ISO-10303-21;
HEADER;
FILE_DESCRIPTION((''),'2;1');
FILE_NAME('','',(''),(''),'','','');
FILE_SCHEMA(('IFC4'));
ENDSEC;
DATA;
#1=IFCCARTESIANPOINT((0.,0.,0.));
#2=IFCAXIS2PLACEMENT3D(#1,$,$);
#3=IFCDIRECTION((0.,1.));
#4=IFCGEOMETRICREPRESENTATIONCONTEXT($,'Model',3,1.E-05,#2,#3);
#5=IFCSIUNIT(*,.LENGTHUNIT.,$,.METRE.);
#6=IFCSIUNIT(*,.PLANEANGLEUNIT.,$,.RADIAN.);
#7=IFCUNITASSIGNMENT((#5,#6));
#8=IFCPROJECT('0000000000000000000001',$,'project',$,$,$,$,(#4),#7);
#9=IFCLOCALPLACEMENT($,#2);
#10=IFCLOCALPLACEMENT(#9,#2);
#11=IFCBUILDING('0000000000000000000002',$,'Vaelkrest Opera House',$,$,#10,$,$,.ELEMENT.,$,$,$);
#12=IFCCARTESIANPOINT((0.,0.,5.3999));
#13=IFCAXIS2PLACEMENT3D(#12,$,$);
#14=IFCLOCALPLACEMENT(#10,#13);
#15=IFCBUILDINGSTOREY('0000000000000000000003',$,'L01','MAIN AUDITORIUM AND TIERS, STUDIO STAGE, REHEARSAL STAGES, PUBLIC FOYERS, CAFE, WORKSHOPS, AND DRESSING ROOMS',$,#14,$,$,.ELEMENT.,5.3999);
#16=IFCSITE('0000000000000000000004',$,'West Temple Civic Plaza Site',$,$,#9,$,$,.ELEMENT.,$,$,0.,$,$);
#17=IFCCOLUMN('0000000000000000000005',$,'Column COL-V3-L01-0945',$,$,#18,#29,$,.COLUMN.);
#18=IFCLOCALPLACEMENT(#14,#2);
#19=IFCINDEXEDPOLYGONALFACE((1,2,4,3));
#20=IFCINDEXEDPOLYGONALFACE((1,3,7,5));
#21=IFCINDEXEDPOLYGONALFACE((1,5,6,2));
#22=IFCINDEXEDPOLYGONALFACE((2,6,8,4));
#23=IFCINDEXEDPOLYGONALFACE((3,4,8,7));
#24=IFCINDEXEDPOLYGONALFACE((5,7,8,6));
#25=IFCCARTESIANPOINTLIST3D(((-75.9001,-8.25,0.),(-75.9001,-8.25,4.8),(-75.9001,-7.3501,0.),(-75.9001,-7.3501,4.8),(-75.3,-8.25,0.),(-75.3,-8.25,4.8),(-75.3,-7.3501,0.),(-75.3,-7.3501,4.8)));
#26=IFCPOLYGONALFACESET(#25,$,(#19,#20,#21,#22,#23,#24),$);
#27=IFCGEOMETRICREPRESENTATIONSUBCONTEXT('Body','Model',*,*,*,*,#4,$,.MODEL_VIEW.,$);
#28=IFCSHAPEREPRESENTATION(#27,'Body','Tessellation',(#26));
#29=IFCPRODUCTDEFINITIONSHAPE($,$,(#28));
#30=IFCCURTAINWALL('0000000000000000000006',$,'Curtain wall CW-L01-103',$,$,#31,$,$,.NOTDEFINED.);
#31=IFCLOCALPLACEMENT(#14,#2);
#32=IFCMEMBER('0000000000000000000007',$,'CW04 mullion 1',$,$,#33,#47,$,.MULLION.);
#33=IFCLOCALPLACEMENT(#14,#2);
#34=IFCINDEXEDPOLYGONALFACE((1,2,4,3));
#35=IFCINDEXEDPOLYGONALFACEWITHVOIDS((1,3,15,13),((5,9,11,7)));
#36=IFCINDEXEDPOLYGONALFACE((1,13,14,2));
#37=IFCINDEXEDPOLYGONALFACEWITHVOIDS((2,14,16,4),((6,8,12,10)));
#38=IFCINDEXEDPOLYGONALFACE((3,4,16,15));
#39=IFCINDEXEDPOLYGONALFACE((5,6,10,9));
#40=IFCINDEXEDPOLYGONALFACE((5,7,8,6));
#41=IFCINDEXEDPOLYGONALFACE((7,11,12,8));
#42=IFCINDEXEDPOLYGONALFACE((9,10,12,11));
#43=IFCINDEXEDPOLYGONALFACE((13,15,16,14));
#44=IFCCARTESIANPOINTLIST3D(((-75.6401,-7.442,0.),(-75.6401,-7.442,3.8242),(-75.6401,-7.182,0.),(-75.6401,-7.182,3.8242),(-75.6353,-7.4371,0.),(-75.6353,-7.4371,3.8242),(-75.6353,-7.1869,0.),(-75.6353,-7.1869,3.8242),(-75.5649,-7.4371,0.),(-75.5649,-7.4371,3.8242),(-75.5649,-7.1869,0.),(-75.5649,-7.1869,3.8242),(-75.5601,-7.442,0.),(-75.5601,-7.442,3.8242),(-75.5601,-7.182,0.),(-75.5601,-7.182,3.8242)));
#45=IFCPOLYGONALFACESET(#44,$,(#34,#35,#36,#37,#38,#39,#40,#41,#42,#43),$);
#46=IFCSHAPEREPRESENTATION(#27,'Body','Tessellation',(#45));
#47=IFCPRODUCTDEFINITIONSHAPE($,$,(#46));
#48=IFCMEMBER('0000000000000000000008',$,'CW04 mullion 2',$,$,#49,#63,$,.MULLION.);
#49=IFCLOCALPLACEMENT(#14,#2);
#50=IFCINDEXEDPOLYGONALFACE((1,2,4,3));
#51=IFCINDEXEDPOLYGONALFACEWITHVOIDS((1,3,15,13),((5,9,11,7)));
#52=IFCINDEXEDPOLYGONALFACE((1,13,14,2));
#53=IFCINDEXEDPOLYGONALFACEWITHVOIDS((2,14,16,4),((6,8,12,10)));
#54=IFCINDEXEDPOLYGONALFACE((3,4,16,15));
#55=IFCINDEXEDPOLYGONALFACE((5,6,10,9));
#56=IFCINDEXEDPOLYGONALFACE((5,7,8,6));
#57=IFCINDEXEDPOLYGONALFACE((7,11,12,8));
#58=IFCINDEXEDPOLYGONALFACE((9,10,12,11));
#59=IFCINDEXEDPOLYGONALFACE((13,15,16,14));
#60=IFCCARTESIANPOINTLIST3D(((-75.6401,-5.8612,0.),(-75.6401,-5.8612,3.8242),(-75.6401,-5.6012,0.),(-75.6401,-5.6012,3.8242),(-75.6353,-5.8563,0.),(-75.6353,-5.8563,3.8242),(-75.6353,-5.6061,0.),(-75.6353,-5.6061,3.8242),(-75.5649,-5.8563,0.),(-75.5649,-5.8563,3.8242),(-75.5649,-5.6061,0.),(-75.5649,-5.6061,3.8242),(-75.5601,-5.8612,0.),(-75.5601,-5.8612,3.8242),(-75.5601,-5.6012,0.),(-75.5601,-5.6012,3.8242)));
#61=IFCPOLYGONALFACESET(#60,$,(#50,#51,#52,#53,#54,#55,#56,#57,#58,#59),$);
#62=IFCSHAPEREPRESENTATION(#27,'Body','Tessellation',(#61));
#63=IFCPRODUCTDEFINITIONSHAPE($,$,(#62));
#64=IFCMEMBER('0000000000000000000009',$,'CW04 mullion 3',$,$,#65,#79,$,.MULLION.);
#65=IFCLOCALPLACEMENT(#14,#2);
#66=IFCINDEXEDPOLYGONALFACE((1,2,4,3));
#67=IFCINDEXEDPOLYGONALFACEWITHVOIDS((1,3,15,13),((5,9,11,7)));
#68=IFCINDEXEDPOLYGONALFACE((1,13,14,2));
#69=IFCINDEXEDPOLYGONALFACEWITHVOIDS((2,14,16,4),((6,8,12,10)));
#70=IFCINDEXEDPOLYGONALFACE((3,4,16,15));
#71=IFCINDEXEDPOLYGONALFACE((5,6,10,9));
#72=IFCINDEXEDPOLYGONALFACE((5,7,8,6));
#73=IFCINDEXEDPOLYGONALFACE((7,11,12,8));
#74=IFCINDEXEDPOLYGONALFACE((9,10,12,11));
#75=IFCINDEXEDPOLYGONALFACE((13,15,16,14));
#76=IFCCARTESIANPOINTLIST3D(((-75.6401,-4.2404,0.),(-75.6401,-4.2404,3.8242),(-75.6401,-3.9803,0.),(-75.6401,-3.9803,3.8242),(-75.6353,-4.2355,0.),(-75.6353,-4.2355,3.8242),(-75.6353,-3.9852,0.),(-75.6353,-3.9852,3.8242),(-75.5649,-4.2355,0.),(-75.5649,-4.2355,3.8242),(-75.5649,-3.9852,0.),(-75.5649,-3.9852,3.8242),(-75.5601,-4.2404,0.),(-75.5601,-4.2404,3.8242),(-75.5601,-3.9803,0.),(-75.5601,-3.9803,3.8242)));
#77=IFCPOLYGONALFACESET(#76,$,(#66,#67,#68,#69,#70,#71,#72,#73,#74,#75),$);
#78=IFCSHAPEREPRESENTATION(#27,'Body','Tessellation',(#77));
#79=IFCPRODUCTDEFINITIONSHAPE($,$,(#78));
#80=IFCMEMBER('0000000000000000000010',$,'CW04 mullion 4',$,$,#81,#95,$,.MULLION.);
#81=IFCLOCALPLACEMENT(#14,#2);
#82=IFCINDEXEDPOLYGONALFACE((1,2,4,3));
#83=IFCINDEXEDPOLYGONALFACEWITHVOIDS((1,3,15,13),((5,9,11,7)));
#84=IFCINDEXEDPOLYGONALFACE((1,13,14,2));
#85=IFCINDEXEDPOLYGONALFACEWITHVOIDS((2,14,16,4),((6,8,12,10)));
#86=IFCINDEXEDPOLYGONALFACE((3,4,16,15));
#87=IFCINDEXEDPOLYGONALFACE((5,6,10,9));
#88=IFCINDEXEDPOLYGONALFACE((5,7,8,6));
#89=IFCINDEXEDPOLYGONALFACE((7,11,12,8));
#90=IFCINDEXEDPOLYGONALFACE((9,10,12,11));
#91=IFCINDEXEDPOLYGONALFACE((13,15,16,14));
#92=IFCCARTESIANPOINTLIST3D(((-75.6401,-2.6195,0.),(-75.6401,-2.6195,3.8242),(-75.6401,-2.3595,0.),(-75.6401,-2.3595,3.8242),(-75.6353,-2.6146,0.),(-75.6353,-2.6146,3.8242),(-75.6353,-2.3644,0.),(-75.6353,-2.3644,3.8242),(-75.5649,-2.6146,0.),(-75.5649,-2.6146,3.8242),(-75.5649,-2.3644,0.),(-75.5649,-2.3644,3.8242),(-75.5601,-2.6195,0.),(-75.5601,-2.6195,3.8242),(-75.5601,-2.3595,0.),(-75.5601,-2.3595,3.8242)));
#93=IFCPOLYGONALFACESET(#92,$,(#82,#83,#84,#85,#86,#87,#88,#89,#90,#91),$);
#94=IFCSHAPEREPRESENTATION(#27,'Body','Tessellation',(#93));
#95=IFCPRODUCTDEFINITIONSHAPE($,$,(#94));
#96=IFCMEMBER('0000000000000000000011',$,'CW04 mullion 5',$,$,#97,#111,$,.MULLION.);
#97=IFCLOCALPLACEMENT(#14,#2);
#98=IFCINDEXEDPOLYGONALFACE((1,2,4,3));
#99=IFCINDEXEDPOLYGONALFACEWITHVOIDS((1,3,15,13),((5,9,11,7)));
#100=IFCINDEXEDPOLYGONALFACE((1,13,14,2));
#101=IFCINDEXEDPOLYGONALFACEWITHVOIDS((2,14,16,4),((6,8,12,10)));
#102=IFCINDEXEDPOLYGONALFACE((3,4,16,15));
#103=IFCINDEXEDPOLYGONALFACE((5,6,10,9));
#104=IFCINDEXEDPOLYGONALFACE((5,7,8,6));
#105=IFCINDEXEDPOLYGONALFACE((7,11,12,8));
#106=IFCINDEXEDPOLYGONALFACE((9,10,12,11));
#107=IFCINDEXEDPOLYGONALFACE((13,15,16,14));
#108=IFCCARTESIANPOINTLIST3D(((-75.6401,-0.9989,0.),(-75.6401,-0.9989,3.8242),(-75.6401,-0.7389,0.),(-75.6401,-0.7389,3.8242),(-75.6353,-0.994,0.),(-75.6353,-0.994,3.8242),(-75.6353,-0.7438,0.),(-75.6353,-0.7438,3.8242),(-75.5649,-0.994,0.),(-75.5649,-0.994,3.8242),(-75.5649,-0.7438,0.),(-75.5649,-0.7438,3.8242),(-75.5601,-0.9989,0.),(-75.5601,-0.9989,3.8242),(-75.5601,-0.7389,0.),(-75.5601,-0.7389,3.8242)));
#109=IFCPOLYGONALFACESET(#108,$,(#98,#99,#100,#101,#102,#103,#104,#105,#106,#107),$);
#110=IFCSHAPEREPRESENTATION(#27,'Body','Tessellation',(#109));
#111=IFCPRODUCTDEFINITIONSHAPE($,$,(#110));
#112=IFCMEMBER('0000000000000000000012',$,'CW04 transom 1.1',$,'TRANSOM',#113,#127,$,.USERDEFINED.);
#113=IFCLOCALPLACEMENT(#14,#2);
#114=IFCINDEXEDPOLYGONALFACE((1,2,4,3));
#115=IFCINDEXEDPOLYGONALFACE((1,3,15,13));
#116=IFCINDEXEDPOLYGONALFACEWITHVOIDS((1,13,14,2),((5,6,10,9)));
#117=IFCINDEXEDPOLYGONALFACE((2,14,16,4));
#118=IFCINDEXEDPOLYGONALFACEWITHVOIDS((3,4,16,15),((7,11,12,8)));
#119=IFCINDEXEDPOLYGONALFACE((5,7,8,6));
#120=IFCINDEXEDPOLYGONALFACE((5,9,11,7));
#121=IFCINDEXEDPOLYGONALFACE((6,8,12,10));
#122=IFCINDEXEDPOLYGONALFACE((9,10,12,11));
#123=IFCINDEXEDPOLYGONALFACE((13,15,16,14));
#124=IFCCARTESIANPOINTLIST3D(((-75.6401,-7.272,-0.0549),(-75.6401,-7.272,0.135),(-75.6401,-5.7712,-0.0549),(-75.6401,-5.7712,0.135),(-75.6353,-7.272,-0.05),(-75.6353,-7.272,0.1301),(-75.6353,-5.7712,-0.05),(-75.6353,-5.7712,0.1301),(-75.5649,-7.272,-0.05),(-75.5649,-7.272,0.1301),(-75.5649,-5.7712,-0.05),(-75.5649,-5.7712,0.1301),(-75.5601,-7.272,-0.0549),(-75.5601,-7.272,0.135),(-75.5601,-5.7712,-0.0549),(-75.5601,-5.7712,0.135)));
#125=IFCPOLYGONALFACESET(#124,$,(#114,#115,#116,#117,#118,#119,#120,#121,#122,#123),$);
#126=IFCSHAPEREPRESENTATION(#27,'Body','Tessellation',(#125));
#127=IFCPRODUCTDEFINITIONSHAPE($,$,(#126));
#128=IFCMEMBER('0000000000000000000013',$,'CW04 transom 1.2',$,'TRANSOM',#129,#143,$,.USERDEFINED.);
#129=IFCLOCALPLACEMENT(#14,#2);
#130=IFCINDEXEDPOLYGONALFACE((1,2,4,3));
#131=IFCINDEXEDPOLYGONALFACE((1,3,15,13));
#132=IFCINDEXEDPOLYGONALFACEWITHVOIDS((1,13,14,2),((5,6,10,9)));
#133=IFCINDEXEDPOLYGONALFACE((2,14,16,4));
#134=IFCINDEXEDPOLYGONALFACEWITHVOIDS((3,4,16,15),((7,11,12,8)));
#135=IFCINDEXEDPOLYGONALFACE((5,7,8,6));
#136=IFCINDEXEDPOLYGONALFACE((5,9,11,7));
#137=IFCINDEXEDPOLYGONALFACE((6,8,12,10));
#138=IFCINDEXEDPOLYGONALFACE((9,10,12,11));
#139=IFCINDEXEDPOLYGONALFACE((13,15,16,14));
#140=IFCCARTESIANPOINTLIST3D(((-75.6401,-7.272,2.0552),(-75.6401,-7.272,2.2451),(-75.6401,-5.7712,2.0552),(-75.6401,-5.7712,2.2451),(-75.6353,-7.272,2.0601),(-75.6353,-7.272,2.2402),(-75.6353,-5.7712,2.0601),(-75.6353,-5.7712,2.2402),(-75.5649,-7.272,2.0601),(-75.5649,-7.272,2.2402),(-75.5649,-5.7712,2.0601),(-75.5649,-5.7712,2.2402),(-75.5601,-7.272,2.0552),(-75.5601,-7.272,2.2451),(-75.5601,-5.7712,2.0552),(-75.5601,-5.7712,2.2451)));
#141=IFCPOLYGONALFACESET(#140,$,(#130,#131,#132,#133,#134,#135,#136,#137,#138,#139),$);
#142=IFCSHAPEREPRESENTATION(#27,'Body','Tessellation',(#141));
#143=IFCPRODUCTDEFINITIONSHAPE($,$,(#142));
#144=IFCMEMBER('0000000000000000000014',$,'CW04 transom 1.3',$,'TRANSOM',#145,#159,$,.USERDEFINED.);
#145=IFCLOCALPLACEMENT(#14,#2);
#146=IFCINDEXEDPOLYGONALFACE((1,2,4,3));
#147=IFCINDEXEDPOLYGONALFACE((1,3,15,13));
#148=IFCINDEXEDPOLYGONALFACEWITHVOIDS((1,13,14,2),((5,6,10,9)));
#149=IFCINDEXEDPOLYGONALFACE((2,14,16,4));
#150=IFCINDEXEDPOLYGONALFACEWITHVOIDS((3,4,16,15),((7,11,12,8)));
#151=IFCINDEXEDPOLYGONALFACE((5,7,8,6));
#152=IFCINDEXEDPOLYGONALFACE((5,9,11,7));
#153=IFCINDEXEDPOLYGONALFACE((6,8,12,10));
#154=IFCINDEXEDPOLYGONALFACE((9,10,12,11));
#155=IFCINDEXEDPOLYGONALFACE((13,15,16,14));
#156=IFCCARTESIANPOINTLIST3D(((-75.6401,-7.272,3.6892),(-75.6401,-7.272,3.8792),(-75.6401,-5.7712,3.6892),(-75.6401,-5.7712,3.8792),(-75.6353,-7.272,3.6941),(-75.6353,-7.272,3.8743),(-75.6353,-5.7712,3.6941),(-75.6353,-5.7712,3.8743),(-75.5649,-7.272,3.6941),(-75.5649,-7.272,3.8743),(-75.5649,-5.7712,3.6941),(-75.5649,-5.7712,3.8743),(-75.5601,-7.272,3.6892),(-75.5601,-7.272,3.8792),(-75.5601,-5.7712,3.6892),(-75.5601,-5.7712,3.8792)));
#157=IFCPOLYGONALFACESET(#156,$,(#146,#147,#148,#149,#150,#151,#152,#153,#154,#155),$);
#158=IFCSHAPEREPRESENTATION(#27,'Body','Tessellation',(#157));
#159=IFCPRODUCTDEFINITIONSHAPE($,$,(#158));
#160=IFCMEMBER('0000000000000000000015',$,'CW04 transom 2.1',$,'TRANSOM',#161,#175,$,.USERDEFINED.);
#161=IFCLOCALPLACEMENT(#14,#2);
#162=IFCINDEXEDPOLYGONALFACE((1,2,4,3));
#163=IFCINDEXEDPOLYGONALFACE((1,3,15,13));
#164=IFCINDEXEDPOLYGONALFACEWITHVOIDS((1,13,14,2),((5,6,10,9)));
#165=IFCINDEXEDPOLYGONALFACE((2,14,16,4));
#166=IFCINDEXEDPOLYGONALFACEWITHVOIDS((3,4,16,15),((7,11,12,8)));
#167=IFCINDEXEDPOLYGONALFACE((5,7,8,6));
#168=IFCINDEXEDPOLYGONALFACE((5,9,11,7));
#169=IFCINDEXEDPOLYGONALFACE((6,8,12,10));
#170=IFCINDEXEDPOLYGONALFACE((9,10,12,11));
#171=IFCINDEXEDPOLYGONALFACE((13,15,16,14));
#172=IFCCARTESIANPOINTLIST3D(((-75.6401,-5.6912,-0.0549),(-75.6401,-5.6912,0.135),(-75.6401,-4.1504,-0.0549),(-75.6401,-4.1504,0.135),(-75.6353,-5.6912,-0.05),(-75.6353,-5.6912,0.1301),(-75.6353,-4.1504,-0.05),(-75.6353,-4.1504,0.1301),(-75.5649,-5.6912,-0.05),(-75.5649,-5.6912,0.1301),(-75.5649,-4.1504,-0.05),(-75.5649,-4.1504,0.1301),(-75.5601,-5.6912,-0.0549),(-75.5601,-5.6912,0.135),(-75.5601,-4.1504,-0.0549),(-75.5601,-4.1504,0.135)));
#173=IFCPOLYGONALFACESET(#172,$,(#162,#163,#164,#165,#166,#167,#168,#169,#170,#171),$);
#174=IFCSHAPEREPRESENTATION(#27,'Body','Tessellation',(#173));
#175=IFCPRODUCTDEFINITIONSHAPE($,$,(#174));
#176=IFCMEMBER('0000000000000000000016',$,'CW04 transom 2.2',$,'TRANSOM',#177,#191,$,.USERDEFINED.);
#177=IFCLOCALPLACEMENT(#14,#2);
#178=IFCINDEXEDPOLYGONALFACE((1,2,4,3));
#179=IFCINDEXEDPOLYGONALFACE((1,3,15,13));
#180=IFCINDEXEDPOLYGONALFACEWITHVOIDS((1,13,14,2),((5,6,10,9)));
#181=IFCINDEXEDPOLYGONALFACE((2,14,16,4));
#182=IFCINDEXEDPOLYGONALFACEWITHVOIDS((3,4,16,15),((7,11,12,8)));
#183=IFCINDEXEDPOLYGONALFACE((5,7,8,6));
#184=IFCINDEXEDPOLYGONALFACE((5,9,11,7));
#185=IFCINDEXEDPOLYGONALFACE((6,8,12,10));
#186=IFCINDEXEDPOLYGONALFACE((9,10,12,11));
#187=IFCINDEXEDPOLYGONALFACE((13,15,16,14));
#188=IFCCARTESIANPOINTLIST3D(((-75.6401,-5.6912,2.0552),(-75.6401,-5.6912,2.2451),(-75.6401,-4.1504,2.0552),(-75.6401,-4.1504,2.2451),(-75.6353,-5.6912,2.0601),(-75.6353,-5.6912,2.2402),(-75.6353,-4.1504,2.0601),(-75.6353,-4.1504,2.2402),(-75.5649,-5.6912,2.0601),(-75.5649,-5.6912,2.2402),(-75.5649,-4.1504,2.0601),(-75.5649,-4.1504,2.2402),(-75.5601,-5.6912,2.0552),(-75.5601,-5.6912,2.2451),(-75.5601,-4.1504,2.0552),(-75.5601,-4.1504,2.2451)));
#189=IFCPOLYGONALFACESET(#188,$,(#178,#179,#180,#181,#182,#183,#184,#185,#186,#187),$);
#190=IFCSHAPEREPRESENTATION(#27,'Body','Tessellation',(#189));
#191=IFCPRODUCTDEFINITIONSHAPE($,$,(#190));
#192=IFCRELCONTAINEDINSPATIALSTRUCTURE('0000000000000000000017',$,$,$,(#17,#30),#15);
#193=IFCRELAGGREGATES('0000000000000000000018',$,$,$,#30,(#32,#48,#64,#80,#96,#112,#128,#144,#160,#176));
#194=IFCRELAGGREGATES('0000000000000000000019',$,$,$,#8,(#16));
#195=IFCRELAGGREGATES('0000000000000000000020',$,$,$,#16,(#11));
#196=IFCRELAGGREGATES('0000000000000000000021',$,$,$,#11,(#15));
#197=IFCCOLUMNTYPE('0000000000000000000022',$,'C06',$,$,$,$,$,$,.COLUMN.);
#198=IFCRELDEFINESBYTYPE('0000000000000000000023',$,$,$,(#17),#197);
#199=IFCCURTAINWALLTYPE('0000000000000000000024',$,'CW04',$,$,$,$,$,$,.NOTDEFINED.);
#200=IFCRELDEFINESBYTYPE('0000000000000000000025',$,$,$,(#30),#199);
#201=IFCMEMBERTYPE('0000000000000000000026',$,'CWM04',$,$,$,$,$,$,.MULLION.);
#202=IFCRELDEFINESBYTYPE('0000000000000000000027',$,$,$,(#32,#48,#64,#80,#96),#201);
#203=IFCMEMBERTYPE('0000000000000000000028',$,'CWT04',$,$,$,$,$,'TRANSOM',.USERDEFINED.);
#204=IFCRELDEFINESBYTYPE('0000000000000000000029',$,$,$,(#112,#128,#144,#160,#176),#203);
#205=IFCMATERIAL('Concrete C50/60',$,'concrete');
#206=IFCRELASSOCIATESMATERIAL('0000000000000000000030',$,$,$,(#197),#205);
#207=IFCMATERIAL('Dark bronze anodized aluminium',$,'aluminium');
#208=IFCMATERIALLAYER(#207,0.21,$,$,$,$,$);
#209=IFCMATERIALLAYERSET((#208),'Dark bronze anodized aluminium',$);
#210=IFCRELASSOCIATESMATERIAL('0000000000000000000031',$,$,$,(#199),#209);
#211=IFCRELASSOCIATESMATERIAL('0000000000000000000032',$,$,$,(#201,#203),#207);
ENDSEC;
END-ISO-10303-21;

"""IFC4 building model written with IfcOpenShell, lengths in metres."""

from ifc_helpers import new_model, si_unit, direction, frame, origin, origin_2d, place, context, subcontext, project, spatial, rectangle, hollow_rectangle, extrude, material, layer, layer_set, material_profile, profile_set, type_object, element, aggregate, save


model = new_model("IFC4")

# Units and contexts
model_context = context("Model", 3, precision=1e-05, world=origin(), true_north=direction((0.0, 1.0)))
body_context = subcontext(model_context, "Body", "Model", "MODEL_VIEW")
ifc_project = project(units=[si_unit("LENGTHUNIT", "METRE"), si_unit("PLANEANGLEUNIT", "RADIAN")], contexts=[model_context])

# Site, building, storey
site_placement = place(None, origin())
site = spatial("IfcSite", under=ifc_project, at=site_placement, Name="West Temple Civic Plaza Site", CompositionType="ELEMENT", RefElevation=0.0)
building_placement = place(site_placement, origin())
building = spatial("IfcBuilding", under=site, at=building_placement, Name="Vaelkrest Opera House", CompositionType="ELEMENT")
storey_placement = place(building_placement, frame((0.0, 0.0, 5.3999)))
storey = spatial("IfcBuildingStorey", under=building, at=storey_placement, Name="L01", Description="MAIN AUDITORIUM AND TIERS, STUDIO STAGE, REHEARSAL STAGES, PUBLIC FOYERS, CAFE, WORKSHOPS, AND DRESSING ROOMS", CompositionType="ELEMENT", Elevation=5.3999)

# Column
ifc_material_1 = material(Name="Concrete C50/60", Category="concrete")
ifc_material_profile_1 = material_profile(ifc_material_1, rectangle(XDim=0.6001, YDim=0.8999, at=origin_2d()), Name="RC600X900")
ifc_profile_set_1 = profile_set([ifc_material_profile_1], Name="Concrete C50/60")
column_type = type_object("IfcColumnType", Name="C06", PredefinedType="COLUMN", material=ifc_profile_set_1)
column_placement = place(storey_placement, frame((-75.6001, -7.8, 0.0), z_axis=(0.0, 0.0, 1.0), x_axis=(1.0, 0.0, 0.0)))
element("IfcColumn", 1, at=column_placement, inside=storey, type_object=column_type, Name="Column COL-V3-L01-0945", PredefinedType="COLUMN", context=body_context, shape_type="SweptSolid", body=[
    extrude(rectangle(XDim=0.6001, YDim=0.8999, at=origin_2d()), origin(), (0.0, 0.0, 1.0), 4.8),
])

# Curtain wall, members
ifc_material_2 = material(Name="Dark bronze anodized aluminium", Category="aluminium")
ifc_layer_1 = layer(ifc_material_2, 0.21)
ifc_layer_set_1 = layer_set([ifc_layer_1], Name="Dark bronze anodized aluminium")
curtain_wall_type = type_object("IfcCurtainWallType", Name="CW04", PredefinedType="NOTDEFINED", material=ifc_layer_set_1)
curtain_wall_placement = place(storey_placement, origin())
curtain_wall = element("IfcCurtainWall", 2, at=curtain_wall_placement, inside=storey, type_object=curtain_wall_type, Name="Curtain wall CW-L01-103", PredefinedType="NOTDEFINED")
ifc_material_profile_2 = material_profile(ifc_material_2, hollow_rectangle(XDim=0.0801, YDim=0.26, WallThickness=0.0049, at=origin_2d()), Name="CWM80X260")
ifc_profile_set_2 = profile_set([ifc_material_profile_2], Name="Dark bronze anodized aluminium")
member_type_1 = type_object("IfcMemberType", Name="CWM04", PredefinedType="MULLION", material=ifc_profile_set_2)
member_1_placement = place(storey_placement, frame((-75.6001, -7.312, 0.0), z_axis=(0.0, 0.0, 1.0), x_axis=(-1.0, 0.0, 0.0)))
member_1 = element("IfcMember", 3, at=member_1_placement, type_object=member_type_1, Name="CW04 mullion 1", PredefinedType="MULLION", context=body_context, shape_type="SweptSolid", body=[
    extrude(hollow_rectangle(XDim=0.0801, YDim=0.26, WallThickness=0.0049, at=origin_2d()), origin(), (0.0, 0.0, 1.0), 3.8242),
])
member_2_placement = place(storey_placement, frame((-75.6001, -5.7312, 0.0), z_axis=(0.0, 0.0, 1.0), x_axis=(-1.0, 0.0, 0.0)))
member_2 = element("IfcMember", 4, at=member_2_placement, type_object=member_type_1, Name="CW04 mullion 2", PredefinedType="MULLION", context=body_context, shape_type="SweptSolid", body=[
    extrude(hollow_rectangle(XDim=0.0801, YDim=0.26, WallThickness=0.0049, at=origin_2d()), origin(), (0.0, 0.0, 1.0), 3.8242),
])
member_3_placement = place(storey_placement, frame((-75.6001, -4.1104, 0.0), z_axis=(0.0, 0.0, 1.0), x_axis=(-1.0, 0.0, 0.0)))
member_3 = element("IfcMember", 5, at=member_3_placement, type_object=member_type_1, Name="CW04 mullion 3", PredefinedType="MULLION", context=body_context, shape_type="SweptSolid", body=[
    extrude(hollow_rectangle(XDim=0.0801, YDim=0.26, WallThickness=0.0049, at=origin_2d()), origin(), (0.0, 0.0, 1.0), 3.8242),
])
member_4_placement = place(storey_placement, frame((-75.6001, -2.4895, 0.0), z_axis=(0.0, 0.0, 1.0), x_axis=(-1.0, 0.0, 0.0)))
member_4 = element("IfcMember", 6, at=member_4_placement, type_object=member_type_1, Name="CW04 mullion 4", PredefinedType="MULLION", context=body_context, shape_type="SweptSolid", body=[
    extrude(hollow_rectangle(XDim=0.0801, YDim=0.26, WallThickness=0.0049, at=origin_2d()), origin(), (0.0, 0.0, 1.0), 3.8242),
])
member_5_placement = place(storey_placement, frame((-75.6001, -0.8689, 0.0), z_axis=(0.0, 0.0, 1.0), x_axis=(-1.0, 0.0, 0.0)))
member_5 = element("IfcMember", 7, at=member_5_placement, type_object=member_type_1, Name="CW04 mullion 5", PredefinedType="MULLION", context=body_context, shape_type="SweptSolid", body=[
    extrude(hollow_rectangle(XDim=0.0801, YDim=0.26, WallThickness=0.0049, at=origin_2d()), origin(), (0.0, 0.0, 1.0), 3.8242),
])
ifc_material_profile_3 = material_profile(ifc_material_2, hollow_rectangle(XDim=0.0801, YDim=0.1899, WallThickness=0.0049, at=origin_2d()), Name="CWT80X190")
ifc_profile_set_3 = profile_set([ifc_material_profile_3], Name="Dark bronze anodized aluminium")
member_type_2 = type_object("IfcMemberType", Name="CWT04", ElementType="TRANSOM", PredefinedType="USERDEFINED", material=ifc_profile_set_3)
member_6_placement = place(storey_placement, frame((-75.6001, -7.272, 0.04), z_axis=(0.0, 1.0, 0.0), x_axis=(-1.0, 0.0, 0.0)))
member_6 = element("IfcMember", 8, at=member_6_placement, type_object=member_type_2, Name="CW04 transom 1.1", ObjectType="TRANSOM", PredefinedType="USERDEFINED", context=body_context, shape_type="SweptSolid", body=[
    extrude(hollow_rectangle(XDim=0.0801, YDim=0.1899, WallThickness=0.0049, at=origin_2d()), origin(), (0.0, 0.0, 1.0), 1.5007),
])
member_7_placement = place(storey_placement, frame((-75.6001, -7.272, 2.1501), z_axis=(0.0, 1.0, 0.0), x_axis=(-1.0, 0.0, 0.0)))
member_7 = element("IfcMember", 9, at=member_7_placement, type_object=member_type_2, Name="CW04 transom 1.2", ObjectType="TRANSOM", PredefinedType="USERDEFINED", context=body_context, shape_type="SweptSolid", body=[
    extrude(hollow_rectangle(XDim=0.0801, YDim=0.1899, WallThickness=0.0049, at=origin_2d()), origin(), (0.0, 0.0, 1.0), 1.5007),
])
member_8_placement = place(storey_placement, frame((-75.6001, -7.272, 3.7842), z_axis=(0.0, 1.0, 0.0), x_axis=(-1.0, 0.0, 0.0)))
member_8 = element("IfcMember", 10, at=member_8_placement, type_object=member_type_2, Name="CW04 transom 1.3", ObjectType="TRANSOM", PredefinedType="USERDEFINED", context=body_context, shape_type="SweptSolid", body=[
    extrude(hollow_rectangle(XDim=0.0801, YDim=0.1899, WallThickness=0.0049, at=origin_2d()), origin(), (0.0, 0.0, 1.0), 1.5007),
])
member_9_placement = place(storey_placement, frame((-75.6001, -5.6912, 0.04), z_axis=(0.0, 1.0, 0.0), x_axis=(-1.0, 0.0, 0.0)))
member_9 = element("IfcMember", 11, at=member_9_placement, type_object=member_type_2, Name="CW04 transom 2.1", ObjectType="TRANSOM", PredefinedType="USERDEFINED", context=body_context, shape_type="SweptSolid", body=[
    extrude(hollow_rectangle(XDim=0.0801, YDim=0.1899, WallThickness=0.0049, at=origin_2d()), origin(), (0.0, 0.0, 1.0), 1.5408),
])
member_10_placement = place(storey_placement, frame((-75.6001, -5.6912, 2.1501), z_axis=(0.0, 1.0, 0.0), x_axis=(-1.0, 0.0, 0.0)))
member_10 = element("IfcMember", 12, at=member_10_placement, type_object=member_type_2, Name="CW04 transom 2.2", ObjectType="TRANSOM", PredefinedType="USERDEFINED", context=body_context, shape_type="SweptSolid", body=[
    extrude(hollow_rectangle(XDim=0.0801, YDim=0.1899, WallThickness=0.0049, at=origin_2d()), origin(), (0.0, 0.0, 1.0), 1.5408),
])

aggregate(curtain_wall, [member_1, member_2, member_3, member_4, member_5, member_6, member_7, member_8, member_9, member_10])

save(model, "model.ifc")
